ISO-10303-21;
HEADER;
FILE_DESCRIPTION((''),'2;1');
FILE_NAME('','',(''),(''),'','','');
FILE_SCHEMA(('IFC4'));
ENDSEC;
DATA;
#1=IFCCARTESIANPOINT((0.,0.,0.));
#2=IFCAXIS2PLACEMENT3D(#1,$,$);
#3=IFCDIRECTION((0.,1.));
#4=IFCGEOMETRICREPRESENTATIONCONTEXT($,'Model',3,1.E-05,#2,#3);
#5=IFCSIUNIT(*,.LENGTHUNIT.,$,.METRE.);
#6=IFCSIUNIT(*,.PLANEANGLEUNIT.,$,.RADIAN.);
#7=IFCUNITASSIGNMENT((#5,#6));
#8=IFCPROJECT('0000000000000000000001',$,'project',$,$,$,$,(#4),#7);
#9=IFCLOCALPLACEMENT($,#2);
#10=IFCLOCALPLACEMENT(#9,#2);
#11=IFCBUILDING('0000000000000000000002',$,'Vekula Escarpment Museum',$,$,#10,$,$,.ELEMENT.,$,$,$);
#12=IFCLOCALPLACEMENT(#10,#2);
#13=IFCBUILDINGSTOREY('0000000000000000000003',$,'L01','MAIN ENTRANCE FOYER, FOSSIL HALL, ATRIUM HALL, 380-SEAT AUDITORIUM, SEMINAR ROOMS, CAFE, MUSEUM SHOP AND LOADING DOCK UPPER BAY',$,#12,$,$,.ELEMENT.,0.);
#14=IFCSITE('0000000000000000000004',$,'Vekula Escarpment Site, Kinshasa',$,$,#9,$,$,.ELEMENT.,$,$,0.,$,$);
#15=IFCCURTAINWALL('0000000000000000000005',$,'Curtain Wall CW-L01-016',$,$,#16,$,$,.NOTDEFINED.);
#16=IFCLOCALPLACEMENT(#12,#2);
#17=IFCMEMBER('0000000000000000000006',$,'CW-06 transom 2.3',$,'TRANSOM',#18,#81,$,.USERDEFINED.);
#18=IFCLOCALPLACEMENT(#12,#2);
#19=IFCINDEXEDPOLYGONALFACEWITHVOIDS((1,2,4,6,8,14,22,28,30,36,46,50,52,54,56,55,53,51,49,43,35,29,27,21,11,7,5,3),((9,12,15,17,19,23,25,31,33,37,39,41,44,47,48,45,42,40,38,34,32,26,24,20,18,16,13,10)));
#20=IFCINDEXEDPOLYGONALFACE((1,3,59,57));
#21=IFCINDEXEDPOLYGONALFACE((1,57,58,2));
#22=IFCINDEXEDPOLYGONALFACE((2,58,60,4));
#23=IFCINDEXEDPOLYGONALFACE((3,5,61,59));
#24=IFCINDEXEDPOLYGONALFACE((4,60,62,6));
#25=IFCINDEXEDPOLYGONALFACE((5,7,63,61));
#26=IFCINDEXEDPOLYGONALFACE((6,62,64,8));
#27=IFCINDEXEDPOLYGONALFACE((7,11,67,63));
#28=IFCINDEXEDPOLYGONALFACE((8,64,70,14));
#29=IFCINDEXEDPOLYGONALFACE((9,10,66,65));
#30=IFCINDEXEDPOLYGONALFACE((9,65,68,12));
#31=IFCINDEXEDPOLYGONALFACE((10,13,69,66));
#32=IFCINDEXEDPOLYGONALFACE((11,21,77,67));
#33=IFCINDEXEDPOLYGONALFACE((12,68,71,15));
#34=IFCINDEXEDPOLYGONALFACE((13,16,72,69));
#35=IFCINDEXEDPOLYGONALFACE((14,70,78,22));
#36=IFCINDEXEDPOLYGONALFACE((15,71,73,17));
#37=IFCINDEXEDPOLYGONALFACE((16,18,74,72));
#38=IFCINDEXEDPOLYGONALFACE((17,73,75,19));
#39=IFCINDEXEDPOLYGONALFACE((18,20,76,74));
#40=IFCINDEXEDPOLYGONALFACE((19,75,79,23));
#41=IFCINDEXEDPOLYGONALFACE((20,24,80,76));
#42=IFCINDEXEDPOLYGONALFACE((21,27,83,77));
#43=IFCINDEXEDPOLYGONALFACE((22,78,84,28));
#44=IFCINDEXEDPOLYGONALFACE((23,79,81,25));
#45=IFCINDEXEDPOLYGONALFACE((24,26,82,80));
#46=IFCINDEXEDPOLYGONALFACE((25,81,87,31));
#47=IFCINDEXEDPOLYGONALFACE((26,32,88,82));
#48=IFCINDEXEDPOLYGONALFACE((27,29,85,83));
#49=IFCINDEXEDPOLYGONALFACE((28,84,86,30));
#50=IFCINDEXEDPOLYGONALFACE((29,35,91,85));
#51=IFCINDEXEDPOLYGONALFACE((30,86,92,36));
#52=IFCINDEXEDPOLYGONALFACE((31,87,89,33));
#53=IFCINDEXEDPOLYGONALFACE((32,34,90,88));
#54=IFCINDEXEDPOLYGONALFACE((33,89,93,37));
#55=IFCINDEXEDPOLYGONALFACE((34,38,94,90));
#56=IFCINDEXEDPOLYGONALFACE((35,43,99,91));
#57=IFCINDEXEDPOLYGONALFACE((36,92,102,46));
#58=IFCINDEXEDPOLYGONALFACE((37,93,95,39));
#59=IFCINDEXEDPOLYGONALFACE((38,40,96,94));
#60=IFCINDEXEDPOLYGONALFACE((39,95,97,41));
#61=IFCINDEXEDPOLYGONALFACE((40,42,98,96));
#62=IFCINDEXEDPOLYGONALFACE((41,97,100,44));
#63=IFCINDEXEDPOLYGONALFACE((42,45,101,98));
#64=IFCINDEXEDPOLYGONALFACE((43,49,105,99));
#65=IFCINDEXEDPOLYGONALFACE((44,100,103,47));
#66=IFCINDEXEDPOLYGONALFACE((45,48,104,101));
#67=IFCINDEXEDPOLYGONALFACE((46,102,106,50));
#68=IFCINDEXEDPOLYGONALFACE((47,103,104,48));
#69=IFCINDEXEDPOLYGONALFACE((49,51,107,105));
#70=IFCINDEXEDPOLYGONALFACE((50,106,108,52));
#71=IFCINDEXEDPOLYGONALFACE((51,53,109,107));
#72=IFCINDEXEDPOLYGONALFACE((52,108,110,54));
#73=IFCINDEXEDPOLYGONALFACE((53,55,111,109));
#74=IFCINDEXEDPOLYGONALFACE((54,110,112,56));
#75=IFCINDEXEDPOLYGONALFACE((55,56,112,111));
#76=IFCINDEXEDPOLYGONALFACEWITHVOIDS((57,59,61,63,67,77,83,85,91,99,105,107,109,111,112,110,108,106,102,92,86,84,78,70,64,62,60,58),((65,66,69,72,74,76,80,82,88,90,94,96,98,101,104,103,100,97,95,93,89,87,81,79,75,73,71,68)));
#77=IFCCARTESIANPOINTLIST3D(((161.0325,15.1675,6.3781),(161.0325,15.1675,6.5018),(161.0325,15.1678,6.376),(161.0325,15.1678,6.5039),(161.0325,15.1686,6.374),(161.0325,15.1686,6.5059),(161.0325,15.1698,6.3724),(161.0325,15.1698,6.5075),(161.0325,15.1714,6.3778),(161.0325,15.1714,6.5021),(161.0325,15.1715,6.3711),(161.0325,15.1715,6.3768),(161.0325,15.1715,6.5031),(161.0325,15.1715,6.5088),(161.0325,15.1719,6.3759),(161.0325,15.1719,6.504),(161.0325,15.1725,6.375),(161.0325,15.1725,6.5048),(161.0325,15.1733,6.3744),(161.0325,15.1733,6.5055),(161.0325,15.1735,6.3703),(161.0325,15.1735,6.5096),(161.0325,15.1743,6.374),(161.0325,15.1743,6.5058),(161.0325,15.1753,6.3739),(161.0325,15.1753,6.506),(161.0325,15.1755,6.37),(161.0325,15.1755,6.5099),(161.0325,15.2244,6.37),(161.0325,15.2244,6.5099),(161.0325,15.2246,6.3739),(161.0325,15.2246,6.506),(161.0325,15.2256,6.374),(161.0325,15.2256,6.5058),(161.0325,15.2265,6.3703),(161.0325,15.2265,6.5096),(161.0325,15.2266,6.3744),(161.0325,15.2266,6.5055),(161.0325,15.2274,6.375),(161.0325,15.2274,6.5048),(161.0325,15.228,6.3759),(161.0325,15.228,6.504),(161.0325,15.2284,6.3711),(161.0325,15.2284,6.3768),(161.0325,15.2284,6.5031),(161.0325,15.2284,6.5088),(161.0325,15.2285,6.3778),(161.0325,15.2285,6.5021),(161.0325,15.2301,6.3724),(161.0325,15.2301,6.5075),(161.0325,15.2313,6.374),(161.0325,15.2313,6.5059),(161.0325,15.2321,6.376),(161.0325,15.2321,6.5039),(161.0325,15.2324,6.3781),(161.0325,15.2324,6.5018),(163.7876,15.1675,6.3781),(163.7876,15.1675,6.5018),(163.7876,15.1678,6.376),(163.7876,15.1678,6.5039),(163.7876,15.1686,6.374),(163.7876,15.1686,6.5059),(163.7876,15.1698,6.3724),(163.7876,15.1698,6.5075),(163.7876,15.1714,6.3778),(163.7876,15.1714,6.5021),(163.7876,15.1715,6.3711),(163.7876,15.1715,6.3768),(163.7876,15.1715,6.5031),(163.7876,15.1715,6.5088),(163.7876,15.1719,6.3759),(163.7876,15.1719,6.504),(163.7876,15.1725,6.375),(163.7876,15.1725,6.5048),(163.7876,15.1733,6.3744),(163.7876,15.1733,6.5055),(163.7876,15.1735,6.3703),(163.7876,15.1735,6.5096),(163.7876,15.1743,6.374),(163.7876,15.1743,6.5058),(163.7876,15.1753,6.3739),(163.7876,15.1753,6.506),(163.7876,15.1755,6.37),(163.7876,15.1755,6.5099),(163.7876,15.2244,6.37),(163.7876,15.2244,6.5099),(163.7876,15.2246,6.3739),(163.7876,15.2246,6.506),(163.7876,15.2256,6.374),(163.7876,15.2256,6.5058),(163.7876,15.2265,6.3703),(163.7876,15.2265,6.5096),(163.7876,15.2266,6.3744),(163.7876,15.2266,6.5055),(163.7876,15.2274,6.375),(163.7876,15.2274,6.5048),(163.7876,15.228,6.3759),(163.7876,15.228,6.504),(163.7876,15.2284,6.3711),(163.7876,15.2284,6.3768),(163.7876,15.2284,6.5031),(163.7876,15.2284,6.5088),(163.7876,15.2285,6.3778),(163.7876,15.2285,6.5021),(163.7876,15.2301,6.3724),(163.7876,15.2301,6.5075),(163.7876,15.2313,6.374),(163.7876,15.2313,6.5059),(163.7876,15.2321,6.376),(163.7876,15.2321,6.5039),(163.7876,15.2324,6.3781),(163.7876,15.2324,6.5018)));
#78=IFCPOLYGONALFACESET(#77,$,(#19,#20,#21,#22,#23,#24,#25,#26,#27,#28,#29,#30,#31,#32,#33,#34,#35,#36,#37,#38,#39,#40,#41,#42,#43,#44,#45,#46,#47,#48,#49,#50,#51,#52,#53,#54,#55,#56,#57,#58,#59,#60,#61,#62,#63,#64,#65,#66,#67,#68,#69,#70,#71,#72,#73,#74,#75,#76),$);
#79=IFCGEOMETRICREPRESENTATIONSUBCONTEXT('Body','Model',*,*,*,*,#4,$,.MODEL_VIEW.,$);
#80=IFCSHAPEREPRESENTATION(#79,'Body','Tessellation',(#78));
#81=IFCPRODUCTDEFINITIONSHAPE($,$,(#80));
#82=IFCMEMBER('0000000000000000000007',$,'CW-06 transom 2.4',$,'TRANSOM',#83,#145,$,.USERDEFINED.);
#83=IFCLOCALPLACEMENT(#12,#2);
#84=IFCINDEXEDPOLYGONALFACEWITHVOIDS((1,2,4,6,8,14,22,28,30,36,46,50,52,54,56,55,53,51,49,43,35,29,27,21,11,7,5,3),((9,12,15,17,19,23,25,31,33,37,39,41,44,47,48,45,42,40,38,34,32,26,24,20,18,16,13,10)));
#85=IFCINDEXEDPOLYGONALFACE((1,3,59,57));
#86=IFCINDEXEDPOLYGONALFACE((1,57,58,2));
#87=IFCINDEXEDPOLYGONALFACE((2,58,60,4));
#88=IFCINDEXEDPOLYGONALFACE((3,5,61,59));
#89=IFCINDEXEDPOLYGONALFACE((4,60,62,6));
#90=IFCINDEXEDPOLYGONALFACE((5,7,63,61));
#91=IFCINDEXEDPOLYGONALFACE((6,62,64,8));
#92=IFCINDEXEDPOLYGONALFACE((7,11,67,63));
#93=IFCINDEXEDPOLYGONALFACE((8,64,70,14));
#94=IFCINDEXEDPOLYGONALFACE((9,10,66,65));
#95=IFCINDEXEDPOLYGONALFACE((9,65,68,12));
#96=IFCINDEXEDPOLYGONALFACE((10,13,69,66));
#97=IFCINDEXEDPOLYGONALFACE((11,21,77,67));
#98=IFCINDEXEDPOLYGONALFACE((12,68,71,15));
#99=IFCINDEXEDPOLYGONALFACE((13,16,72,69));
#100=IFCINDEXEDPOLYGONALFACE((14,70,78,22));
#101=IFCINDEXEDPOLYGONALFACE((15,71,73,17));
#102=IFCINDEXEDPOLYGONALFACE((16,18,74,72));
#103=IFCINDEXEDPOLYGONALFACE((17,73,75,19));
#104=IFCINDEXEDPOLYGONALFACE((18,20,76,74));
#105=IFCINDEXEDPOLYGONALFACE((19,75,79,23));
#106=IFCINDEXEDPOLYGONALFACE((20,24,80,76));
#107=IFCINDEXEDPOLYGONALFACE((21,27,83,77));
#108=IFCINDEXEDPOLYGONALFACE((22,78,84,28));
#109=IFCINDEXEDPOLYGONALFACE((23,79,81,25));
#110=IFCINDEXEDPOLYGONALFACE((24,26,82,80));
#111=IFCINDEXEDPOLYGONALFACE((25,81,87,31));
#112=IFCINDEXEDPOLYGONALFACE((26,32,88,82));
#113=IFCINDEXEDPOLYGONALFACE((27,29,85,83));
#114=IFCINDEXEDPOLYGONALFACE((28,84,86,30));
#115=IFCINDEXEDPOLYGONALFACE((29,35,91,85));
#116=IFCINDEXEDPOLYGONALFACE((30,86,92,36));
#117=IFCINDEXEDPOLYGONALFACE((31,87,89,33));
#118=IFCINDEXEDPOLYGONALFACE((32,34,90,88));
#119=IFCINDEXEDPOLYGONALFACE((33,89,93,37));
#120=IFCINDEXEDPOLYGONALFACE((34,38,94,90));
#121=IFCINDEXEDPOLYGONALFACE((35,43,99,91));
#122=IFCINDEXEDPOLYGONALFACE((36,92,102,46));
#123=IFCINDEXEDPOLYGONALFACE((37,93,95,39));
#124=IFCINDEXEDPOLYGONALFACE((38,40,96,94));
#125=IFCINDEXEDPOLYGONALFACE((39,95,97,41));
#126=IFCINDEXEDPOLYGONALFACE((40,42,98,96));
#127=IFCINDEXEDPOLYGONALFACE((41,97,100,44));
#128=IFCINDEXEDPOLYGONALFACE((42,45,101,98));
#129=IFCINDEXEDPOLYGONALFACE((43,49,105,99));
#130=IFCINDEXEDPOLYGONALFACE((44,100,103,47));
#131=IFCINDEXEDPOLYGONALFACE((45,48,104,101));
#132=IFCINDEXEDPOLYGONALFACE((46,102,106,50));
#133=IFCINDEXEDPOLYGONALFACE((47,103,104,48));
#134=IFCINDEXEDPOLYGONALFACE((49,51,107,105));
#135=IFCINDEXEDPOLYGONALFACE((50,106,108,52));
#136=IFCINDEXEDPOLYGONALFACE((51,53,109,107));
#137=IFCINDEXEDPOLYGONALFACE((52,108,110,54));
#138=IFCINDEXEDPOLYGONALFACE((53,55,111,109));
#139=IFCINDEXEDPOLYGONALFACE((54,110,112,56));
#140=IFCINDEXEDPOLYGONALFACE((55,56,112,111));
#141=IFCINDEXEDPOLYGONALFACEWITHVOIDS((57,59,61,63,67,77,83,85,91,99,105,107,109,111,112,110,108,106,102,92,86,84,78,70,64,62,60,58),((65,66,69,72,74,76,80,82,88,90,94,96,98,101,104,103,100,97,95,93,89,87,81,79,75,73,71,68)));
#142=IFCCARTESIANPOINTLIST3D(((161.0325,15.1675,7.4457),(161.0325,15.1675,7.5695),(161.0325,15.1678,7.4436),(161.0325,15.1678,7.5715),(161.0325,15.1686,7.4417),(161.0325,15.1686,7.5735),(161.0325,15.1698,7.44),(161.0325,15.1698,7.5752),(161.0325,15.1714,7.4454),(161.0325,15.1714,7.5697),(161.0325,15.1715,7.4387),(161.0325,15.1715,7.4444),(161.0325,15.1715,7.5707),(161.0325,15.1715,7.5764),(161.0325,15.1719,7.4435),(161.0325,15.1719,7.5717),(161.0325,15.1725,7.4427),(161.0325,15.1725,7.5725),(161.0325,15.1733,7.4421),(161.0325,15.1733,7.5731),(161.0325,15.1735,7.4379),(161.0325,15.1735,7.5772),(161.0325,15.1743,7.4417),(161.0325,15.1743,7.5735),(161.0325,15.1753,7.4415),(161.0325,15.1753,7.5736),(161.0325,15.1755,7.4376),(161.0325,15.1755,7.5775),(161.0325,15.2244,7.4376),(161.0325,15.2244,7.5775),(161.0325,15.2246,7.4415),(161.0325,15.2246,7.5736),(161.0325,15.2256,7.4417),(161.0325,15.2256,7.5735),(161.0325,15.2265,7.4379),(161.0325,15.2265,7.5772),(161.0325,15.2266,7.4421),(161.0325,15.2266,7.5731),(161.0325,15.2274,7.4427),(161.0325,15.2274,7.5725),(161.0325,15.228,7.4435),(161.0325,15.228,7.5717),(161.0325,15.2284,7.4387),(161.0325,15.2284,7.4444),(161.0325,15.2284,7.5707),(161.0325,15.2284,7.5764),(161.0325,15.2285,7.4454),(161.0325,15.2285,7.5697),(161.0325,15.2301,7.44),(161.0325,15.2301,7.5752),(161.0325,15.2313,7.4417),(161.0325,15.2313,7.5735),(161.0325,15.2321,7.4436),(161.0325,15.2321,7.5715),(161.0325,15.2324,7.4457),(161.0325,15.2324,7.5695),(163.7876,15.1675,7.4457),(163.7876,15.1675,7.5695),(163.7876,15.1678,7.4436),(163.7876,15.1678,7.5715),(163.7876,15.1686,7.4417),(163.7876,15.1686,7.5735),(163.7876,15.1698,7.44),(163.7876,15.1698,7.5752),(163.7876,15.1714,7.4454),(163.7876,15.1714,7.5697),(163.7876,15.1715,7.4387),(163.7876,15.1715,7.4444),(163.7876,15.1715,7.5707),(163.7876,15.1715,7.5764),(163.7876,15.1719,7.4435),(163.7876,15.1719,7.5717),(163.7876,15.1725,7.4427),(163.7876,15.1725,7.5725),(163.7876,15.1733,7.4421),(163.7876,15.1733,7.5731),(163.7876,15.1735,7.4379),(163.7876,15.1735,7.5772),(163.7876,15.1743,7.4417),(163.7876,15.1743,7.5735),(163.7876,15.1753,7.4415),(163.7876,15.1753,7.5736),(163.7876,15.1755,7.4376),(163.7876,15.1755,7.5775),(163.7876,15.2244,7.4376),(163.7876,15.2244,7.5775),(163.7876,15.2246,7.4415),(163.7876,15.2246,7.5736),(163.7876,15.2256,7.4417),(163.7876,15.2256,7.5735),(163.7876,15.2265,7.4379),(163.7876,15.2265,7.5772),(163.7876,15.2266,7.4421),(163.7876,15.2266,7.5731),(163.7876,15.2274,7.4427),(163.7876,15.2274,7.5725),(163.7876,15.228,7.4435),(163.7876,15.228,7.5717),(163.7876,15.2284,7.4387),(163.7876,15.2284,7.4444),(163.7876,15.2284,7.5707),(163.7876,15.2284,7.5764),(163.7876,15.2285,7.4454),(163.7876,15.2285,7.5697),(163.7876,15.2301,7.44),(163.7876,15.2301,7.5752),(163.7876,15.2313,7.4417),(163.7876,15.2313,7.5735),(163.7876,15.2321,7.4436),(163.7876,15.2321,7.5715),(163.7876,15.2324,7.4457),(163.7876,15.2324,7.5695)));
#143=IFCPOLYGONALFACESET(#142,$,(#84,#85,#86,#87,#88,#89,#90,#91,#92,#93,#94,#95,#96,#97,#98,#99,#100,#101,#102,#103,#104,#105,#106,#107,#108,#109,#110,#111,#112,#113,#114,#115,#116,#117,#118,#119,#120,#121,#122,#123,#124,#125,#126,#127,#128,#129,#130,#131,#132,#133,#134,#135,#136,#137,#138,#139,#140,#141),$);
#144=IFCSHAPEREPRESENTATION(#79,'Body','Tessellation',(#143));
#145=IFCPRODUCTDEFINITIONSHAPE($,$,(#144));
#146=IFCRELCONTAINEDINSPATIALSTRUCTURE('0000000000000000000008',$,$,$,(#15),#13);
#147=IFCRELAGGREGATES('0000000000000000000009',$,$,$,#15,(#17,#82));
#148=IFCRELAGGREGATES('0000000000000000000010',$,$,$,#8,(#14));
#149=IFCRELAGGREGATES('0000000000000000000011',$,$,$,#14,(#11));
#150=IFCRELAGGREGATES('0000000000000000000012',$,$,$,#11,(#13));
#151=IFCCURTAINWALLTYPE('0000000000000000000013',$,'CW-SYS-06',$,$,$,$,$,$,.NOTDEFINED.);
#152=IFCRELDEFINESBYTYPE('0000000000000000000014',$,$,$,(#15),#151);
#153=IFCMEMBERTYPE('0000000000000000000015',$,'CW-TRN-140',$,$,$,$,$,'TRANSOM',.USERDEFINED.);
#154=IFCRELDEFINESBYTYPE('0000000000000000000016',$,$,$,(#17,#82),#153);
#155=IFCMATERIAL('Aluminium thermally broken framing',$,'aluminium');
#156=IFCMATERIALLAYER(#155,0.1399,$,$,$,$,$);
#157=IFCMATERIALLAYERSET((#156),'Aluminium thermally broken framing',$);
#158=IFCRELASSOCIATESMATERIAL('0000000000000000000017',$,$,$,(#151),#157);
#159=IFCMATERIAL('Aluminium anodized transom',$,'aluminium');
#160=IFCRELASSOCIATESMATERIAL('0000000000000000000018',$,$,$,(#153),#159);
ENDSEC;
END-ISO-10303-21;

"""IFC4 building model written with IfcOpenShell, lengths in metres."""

from ifc_helpers import new_model, si_unit, direction, frame, origin, origin_2d, place, context, subcontext, project, spatial, hollow_rectangle, extrude, material, layer, layer_set, material_profile, profile_set, type_object, element, aggregate, save


model = new_model("IFC4")

# Units and contexts
model_context = context("Model", 3, precision=1e-05, world=origin(), true_north=direction((0.0, 1.0)))
body_context = subcontext(model_context, "Body", "Model", "MODEL_VIEW")
ifc_project = project(units=[si_unit("LENGTHUNIT", "METRE"), si_unit("PLANEANGLEUNIT", "RADIAN")], contexts=[model_context])

# Site, building, storey
site_placement = place(None, origin())
site = spatial("IfcSite", under=ifc_project, at=site_placement, Name="Vekula Escarpment Site, Kinshasa", CompositionType="ELEMENT", RefElevation=0.0)
building_placement = place(site_placement, origin())
building = spatial("IfcBuilding", under=site, at=building_placement, Name="Vekula Escarpment Museum", CompositionType="ELEMENT")
storey_placement = place(building_placement, origin())
storey = spatial("IfcBuildingStorey", under=building, at=storey_placement, Name="L01", Description="MAIN ENTRANCE FOYER, FOSSIL HALL, ATRIUM HALL, 380-SEAT AUDITORIUM, SEMINAR ROOMS, CAFE, MUSEUM SHOP AND LOADING DOCK UPPER BAY", CompositionType="ELEMENT", Elevation=0.0)

# Curtain wall, members
ifc_material_1 = material(Name="Aluminium thermally broken framing", Category="aluminium")
ifc_layer_1 = layer(ifc_material_1, 0.1399)
ifc_layer_set_1 = layer_set([ifc_layer_1], Name="Aluminium thermally broken framing")
curtain_wall_type = type_object("IfcCurtainWallType", Name="CW-SYS-06", PredefinedType="NOTDEFINED", material=ifc_layer_set_1)
curtain_wall_placement = place(storey_placement, origin())
curtain_wall = element("IfcCurtainWall", 1, at=curtain_wall_placement, inside=storey, type_object=curtain_wall_type, Name="Curtain Wall CW-L01-016", PredefinedType="NOTDEFINED")
ifc_material_2 = material(Name="Aluminium anodized transom", Category="aluminium")
ifc_material_profile_1 = material_profile(ifc_material_2, hollow_rectangle(XDim=0.0649, YDim=0.1399, WallThickness=0.0039, InnerFilletRadius=0.0039, OuterFilletRadius=0.0081, at=origin_2d()), Name="ALU 140x65x4")
ifc_profile_set_1 = profile_set([ifc_material_profile_1], Name="Aluminium anodized transom")
member_type_1 = type_object("IfcMemberType", Name="CW-TRN-140", ElementType="TRANSOM", PredefinedType="USERDEFINED", material=ifc_profile_set_1)
member_1_placement = place(storey_placement, frame((163.7876, 15.2, 6.4399), z_axis=(-1.0, 0.0, 0.0), x_axis=(0.0, -1.0, 0.0)))
member_1 = element("IfcMember", 2, at=member_1_placement, type_object=member_type_1, Name="CW-06 transom 2.3", ObjectType="TRANSOM", PredefinedType="USERDEFINED", context=body_context, shape_type="SweptSolid", body=[
    extrude(hollow_rectangle(XDim=0.0649, YDim=0.1399, WallThickness=0.0039, InnerFilletRadius=0.0039, OuterFilletRadius=0.0081, at=origin_2d()), origin(), (0.0, 0.0, 1.0), 2.7551),
])
member_2_placement = place(storey_placement, frame((163.7876, 15.2, 7.5076), z_axis=(-1.0, 0.0, 0.0), x_axis=(0.0, -1.0, 0.0)))
member_2 = element("IfcMember", 3, at=member_2_placement, type_object=member_type_1, Name="CW-06 transom 2.4", ObjectType="TRANSOM", PredefinedType="USERDEFINED", context=body_context, shape_type="SweptSolid", body=[
    extrude(hollow_rectangle(XDim=0.0649, YDim=0.1399, WallThickness=0.0039, InnerFilletRadius=0.0039, OuterFilletRadius=0.0081, at=origin_2d()), origin(), (0.0, 0.0, 1.0), 2.7551),
])
aggregate(curtain_wall, [member_1, member_2])

save(model, "model.ifc")
